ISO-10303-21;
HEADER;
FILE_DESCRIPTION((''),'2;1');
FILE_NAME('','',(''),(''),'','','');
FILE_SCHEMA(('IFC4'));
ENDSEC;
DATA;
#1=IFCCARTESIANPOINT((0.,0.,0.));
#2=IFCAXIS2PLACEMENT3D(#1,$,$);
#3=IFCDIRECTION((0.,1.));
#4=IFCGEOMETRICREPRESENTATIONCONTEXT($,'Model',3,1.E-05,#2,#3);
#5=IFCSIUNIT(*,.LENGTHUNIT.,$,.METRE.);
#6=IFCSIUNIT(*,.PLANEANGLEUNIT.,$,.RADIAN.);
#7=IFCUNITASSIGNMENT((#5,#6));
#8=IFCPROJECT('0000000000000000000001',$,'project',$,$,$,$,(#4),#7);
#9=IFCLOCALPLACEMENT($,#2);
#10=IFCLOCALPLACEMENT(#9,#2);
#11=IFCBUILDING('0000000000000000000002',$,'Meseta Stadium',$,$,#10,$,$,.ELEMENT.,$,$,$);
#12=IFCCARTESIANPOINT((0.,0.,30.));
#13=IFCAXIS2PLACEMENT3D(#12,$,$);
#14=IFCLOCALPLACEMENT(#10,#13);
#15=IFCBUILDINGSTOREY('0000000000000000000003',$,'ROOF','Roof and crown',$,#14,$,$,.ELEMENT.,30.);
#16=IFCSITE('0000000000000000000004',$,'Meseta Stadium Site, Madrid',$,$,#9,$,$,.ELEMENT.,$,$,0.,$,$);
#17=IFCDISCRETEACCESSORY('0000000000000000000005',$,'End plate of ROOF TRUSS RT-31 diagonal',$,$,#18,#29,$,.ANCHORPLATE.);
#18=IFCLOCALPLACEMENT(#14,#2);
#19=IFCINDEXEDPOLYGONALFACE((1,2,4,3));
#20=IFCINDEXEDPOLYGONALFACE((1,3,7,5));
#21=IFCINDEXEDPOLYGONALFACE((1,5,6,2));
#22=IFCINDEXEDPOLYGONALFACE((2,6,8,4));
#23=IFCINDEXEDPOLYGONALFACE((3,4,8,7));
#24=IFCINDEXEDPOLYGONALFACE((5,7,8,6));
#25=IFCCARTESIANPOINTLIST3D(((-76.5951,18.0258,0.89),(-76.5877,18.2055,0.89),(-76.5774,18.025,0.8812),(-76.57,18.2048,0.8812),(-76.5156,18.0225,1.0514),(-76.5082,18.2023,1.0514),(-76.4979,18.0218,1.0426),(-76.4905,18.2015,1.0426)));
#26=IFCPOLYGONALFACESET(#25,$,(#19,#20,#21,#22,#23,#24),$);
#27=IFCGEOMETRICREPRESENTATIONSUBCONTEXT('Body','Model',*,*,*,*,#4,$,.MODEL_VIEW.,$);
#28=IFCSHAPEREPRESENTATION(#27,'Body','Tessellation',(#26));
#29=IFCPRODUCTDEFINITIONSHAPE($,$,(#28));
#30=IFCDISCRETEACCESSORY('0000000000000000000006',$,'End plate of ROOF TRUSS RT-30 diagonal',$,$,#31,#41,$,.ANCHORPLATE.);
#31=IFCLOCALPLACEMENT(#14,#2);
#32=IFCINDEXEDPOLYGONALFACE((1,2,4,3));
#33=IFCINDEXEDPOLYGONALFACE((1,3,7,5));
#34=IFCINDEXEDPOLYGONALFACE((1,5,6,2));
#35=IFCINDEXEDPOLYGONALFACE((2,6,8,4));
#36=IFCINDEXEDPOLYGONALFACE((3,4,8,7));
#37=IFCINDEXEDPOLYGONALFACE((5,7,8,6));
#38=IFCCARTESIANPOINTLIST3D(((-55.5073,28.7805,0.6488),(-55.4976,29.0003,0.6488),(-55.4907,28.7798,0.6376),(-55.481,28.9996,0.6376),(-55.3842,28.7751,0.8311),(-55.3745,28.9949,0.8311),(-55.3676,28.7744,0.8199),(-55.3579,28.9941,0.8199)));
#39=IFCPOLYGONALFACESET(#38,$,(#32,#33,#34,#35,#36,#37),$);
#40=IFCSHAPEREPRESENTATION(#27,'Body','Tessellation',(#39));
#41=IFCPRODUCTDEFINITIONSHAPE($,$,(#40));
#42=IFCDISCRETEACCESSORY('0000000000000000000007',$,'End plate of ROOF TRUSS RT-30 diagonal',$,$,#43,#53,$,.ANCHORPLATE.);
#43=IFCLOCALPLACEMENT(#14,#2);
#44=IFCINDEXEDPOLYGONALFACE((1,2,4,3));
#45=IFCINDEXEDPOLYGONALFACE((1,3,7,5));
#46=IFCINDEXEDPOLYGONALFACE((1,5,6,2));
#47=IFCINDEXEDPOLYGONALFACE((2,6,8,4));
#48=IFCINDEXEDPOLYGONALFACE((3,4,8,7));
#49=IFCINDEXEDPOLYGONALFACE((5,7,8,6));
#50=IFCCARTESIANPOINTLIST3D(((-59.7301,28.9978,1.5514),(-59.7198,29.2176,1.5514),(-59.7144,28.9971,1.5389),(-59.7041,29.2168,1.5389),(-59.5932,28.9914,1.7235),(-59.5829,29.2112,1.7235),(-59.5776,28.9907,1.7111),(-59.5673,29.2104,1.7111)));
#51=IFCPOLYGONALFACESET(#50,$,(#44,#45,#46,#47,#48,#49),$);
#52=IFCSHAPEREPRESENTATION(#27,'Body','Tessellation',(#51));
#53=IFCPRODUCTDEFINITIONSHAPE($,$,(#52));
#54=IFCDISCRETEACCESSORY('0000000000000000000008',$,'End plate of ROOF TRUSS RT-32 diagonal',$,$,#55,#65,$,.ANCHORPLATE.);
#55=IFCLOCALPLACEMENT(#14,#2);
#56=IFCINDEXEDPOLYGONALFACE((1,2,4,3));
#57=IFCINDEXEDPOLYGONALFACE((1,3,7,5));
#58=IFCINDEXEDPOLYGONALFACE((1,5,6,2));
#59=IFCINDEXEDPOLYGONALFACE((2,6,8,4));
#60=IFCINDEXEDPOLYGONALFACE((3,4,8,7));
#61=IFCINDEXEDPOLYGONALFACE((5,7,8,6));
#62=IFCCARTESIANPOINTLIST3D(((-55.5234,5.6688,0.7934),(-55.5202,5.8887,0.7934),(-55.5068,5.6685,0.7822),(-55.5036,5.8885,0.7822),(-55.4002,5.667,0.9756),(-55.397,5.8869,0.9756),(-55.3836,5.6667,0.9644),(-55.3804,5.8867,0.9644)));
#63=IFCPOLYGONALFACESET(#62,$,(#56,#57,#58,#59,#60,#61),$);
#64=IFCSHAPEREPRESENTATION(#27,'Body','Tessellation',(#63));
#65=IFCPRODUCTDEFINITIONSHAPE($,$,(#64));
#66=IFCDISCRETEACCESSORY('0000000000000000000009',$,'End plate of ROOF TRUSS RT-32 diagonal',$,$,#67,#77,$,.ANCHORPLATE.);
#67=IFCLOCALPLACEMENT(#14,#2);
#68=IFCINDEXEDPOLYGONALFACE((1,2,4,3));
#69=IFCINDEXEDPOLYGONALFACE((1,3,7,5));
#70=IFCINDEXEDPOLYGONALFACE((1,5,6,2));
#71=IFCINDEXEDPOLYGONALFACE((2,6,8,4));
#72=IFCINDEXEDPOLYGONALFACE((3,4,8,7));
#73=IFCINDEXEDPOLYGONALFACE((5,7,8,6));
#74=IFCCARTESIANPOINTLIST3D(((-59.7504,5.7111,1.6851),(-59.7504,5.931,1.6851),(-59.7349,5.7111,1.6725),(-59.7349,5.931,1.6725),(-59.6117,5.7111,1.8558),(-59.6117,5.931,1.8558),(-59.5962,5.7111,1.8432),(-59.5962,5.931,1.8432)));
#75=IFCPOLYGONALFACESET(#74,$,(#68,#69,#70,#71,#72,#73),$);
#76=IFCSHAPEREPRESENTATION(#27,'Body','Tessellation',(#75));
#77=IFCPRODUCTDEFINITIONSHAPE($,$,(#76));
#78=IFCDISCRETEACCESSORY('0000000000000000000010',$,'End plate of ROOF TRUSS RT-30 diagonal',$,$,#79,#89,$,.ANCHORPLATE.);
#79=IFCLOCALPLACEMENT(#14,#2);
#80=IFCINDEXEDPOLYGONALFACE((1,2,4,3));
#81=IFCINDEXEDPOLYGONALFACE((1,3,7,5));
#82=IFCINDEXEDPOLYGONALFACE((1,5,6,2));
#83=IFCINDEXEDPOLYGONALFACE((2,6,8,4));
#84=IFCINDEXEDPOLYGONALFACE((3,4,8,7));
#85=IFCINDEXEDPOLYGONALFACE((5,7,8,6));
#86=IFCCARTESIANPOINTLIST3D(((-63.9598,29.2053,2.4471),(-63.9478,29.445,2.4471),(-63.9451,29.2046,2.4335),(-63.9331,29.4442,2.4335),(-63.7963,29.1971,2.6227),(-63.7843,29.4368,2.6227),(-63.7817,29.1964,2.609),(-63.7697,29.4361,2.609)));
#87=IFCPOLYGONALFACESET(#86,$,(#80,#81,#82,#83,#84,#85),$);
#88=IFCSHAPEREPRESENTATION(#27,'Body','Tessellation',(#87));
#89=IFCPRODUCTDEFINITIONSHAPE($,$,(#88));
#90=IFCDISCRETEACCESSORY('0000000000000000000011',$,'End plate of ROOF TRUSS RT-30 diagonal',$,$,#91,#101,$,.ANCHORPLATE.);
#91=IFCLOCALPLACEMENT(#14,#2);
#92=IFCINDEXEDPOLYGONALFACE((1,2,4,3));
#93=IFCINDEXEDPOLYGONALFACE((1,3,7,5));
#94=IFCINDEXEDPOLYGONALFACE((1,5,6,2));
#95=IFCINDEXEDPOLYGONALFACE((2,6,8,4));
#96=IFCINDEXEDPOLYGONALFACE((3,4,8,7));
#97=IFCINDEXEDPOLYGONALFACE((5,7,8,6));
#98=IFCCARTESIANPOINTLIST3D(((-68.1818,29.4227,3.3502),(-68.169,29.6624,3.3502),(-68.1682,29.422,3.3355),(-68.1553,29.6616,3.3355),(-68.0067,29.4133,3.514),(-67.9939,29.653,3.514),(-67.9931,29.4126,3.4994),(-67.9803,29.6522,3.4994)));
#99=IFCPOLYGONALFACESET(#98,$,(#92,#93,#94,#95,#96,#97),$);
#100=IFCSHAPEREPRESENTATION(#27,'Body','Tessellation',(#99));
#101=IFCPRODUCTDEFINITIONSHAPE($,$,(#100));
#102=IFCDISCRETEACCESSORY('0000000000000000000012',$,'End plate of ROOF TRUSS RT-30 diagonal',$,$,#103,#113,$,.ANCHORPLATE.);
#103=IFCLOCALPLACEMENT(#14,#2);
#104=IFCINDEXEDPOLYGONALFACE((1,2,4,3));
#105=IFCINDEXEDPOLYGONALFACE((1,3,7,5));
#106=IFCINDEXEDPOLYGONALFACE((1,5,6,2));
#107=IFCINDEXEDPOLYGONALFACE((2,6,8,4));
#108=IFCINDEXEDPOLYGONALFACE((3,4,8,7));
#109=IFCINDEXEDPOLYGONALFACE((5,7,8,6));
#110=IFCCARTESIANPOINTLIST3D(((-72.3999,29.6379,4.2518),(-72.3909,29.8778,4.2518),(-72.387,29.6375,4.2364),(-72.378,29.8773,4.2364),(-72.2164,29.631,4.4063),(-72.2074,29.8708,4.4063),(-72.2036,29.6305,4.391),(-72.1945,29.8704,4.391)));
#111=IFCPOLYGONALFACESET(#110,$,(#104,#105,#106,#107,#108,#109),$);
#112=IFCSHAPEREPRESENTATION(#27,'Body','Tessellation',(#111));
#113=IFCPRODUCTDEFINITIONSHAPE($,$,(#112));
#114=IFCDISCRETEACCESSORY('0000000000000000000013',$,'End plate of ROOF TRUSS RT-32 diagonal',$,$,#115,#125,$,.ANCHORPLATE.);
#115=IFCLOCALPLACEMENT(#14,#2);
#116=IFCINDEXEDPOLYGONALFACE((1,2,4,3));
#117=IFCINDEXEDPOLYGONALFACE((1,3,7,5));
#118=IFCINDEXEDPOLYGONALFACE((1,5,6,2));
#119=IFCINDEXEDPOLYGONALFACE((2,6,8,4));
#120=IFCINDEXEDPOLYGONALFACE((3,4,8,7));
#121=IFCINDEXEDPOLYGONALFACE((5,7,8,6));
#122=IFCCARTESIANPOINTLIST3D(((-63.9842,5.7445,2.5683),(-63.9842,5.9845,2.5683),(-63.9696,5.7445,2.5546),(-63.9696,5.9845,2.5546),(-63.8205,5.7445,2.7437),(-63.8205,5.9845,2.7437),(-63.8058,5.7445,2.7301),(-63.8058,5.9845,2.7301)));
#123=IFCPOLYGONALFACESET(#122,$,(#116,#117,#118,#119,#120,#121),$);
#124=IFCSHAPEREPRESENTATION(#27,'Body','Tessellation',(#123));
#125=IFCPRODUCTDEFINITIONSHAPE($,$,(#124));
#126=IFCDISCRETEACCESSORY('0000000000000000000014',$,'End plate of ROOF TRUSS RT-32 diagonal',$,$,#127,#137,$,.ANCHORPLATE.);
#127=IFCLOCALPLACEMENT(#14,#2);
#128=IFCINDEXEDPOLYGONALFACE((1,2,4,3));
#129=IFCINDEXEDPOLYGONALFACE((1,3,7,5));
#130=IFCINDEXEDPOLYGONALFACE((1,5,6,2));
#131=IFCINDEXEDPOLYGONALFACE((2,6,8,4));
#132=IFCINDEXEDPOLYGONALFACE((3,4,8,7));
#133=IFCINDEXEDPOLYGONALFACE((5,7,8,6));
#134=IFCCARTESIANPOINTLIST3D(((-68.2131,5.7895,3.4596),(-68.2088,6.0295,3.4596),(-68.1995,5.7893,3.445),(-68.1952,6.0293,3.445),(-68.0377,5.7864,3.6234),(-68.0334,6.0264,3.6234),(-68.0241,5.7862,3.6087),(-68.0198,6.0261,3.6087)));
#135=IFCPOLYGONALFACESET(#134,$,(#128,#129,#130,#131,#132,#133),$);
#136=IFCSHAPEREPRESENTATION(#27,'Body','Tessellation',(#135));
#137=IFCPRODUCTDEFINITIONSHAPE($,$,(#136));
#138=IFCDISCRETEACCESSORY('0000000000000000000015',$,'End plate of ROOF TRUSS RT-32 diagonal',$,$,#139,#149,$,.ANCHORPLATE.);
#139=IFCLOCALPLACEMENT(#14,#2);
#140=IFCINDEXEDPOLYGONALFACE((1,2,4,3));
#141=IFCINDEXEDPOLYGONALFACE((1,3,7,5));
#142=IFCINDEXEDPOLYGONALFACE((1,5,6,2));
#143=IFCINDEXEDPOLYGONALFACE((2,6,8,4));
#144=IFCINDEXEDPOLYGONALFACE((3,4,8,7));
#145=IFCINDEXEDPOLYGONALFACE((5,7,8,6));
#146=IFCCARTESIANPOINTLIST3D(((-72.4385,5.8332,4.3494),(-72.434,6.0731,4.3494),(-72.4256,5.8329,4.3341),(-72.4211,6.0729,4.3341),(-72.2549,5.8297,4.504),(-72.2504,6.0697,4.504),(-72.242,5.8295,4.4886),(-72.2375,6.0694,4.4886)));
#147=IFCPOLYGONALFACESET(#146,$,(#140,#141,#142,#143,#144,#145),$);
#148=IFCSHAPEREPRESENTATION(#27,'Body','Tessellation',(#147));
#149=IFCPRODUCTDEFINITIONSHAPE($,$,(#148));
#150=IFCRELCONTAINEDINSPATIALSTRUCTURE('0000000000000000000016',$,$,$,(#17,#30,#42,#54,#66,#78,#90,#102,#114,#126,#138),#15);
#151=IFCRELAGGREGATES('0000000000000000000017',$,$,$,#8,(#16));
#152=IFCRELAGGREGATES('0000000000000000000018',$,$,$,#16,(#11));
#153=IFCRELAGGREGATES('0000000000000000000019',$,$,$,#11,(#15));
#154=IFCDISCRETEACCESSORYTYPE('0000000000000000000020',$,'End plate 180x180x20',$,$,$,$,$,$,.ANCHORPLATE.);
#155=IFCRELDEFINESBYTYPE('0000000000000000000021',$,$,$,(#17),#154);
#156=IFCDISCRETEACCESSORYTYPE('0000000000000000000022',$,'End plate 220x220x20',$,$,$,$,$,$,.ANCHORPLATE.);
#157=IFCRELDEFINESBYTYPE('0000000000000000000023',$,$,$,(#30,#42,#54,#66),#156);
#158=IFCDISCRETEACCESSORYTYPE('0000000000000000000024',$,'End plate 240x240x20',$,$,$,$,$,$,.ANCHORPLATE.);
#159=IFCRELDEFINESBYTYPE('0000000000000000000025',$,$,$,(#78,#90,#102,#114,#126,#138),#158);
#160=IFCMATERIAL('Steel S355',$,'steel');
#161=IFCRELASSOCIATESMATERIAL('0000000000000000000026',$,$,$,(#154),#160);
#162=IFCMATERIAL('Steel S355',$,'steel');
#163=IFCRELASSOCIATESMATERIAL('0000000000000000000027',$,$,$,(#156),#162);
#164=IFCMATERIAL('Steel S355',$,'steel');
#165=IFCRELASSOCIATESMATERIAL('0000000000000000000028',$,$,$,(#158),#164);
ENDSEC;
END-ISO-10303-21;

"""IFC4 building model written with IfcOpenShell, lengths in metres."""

from ifc_helpers import new_model, si_unit, direction, frame, origin, origin_2d, place, context, subcontext, project, spatial, rectangle, extrude, material, material_profile, profile_set, type_object, element, save


model = new_model("IFC4")

# Units and contexts
model_context = context("Model", 3, precision=1e-05, world=origin(), true_north=direction((0.0, 1.0)))
body_context = subcontext(model_context, "Body", "Model", "MODEL_VIEW")
ifc_project = project(units=[si_unit("LENGTHUNIT", "METRE"), si_unit("PLANEANGLEUNIT", "RADIAN")], contexts=[model_context])

# Site, building, storey
site_placement = place(None, origin())
site = spatial("IfcSite", under=ifc_project, at=site_placement, Name="Meseta Stadium Site, Madrid", CompositionType="ELEMENT", RefElevation=0.0)
building_placement = place(site_placement, origin())
building = spatial("IfcBuilding", under=site, at=building_placement, Name="Meseta Stadium", CompositionType="ELEMENT")
storey_placement = place(building_placement, frame((0.0, 0.0, 30.0)))
storey = spatial("IfcBuildingStorey", under=building, at=storey_placement, Name="ROOF", Description="Roof and crown", CompositionType="ELEMENT", Elevation=30.0)

# Discrete accessories
ifc_material_1 = material(Name="Steel S355", Category="steel")
ifc_material_profile_1 = material_profile(ifc_material_1, rectangle(XDim=0.1799, YDim=0.1799, at=origin_2d()), Name="PL 180x180")
ifc_profile_set_1 = profile_set([ifc_material_profile_1], Name="Steel S355")
discrete_accessory_type_1 = type_object("IfcDiscreteAccessoryType", Name="End plate 180x180x20", PredefinedType="ANCHORPLATE", material=ifc_profile_set_1)
discrete_accessory_placement = place(storey_placement, frame((-76.5339, 18.1133, 0.9619), z_axis=(-0.896262, 0.036833, 0.441992), x_axis=(-0.041061, -0.999157, 0.0)))
element("IfcDiscreteAccessory", 1, at=discrete_accessory_placement, inside=storey, type_object=discrete_accessory_type_1, Name="End plate of ROOF TRUSS RT-31 diagonal", PredefinedType="ANCHORPLATE", context=body_context, shape_type="SweptSolid", body=[
    extrude(rectangle(XDim=0.1799, YDim=0.1799, at=origin_2d()), origin(), (0.0, 0.0, 1.0), 0.0198),
])
ifc_material_2 = material(Name="Steel S355", Category="steel")
ifc_material_profile_2 = material_profile(ifc_material_2, rectangle(XDim=0.22, YDim=0.22, at=origin_2d()), Name="PL 220x220")
ifc_profile_set_2 = profile_set([ifc_material_profile_2], Name="Steel S355")
discrete_accessory_type_2 = type_object("IfcDiscreteAccessoryType", Name="End plate 220x220x20", PredefinedType="ANCHORPLATE", material=ifc_profile_set_2)
for number, where, z_axis, x_axis, name in (
    (2, (-55.4243, 28.887, 0.7288), (-0.827731, 0.036518, 0.559936), (-0.044075, -0.999028, 0.0), "End plate of ROOF TRUSS RT-30 diagonal"),
    (3, (-59.6409, 29.1038, 1.625), (-0.781535, 0.036634, 0.622785), (-0.046824, -0.998903, 0.0), "End plate of ROOF TRUSS RT-30 diagonal"),
    (4, (-55.4436, 5.7776, 0.8733), (-0.828222, 0.01218, 0.560268), (-0.014704, -0.999892, 0.0), "End plate of ROOF TRUSS RT-32 diagonal"),
    (5, (-59.6655, 5.821, 1.7578), (-0.776114, 0.0, 0.630593), (0.0, -1.0, 0.0), "End plate of ROOF TRUSS RT-32 diagonal"),
):
    element("IfcDiscreteAccessory", number, at=place(storey_placement, frame(where, z_axis=z_axis, x_axis=x_axis)), inside=storey, type_object=discrete_accessory_type_2, Name=name, PredefinedType="ANCHORPLATE", context=body_context, shape_type="SweptSolid", body=[
        extrude(rectangle(XDim=0.22, YDim=0.22, at=origin_2d()), origin(), (0.0, 0.0, 1.0), 0.02),
    ])
ifc_material_3 = material(Name="Steel S355", Category="steel")
ifc_material_profile_3 = material_profile(ifc_material_3, rectangle(XDim=0.24, YDim=0.24, at=origin_2d()), Name="PL 240x240")
ifc_profile_set_3 = profile_set([ifc_material_profile_3], Name="Steel S355")
discrete_accessory_type_3 = type_object("IfcDiscreteAccessoryType", Name="End plate 240x240x20", PredefinedType="ANCHORPLATE", material=ifc_profile_set_3)
for number, where, z_axis, x_axis, name in (
    (6, (-63.8574, 29.3203, 2.5212), (-0.730567, 0.036528, 0.681863), (-0.049938, -0.998752, 0.0), "End plate of ROOF TRUSS RT-30 diagonal"),
    (7, (-68.0742, 29.5371, 3.4175), (-0.681863, 0.036528, 0.730567), (-0.053495, -0.998568, 0.0), "End plate of ROOF TRUSS RT-30 diagonal"),
    (8, (-72.2908, 29.7539, 4.3137), (-0.643572, 0.024286, 0.765), (-0.037709, -0.999289, 0.0), "End plate of ROOF TRUSS RT-30 diagonal"),
    (9, (-63.8877, 5.8645, 2.6423), (-0.731055, 0.0, 0.682318), (0.0, -1.0, 0.0), "End plate of ROOF TRUSS RT-32 diagonal"),
    (10, (-68.1096, 5.9077, 3.5269), (-0.682268, 0.012183, 0.731001), (-0.017854, -0.999841, 0.0), "End plate of ROOF TRUSS RT-32 diagonal"),
    (11, (-72.3315, 5.9512, 4.4114), (-0.643714, 0.012146, 0.76517), (-0.018865, -0.999822, 0.0), "End plate of ROOF TRUSS RT-32 diagonal"),
):
    element("IfcDiscreteAccessory", number, at=place(storey_placement, frame(where, z_axis=z_axis, x_axis=x_axis)), inside=storey, type_object=discrete_accessory_type_3, Name=name, PredefinedType="ANCHORPLATE", context=body_context, shape_type="SweptSolid", body=[
        extrude(rectangle(XDim=0.24, YDim=0.24, at=origin_2d()), origin(), (0.0, 0.0, 1.0), 0.02),
    ])

save(model, "model.ifc")
